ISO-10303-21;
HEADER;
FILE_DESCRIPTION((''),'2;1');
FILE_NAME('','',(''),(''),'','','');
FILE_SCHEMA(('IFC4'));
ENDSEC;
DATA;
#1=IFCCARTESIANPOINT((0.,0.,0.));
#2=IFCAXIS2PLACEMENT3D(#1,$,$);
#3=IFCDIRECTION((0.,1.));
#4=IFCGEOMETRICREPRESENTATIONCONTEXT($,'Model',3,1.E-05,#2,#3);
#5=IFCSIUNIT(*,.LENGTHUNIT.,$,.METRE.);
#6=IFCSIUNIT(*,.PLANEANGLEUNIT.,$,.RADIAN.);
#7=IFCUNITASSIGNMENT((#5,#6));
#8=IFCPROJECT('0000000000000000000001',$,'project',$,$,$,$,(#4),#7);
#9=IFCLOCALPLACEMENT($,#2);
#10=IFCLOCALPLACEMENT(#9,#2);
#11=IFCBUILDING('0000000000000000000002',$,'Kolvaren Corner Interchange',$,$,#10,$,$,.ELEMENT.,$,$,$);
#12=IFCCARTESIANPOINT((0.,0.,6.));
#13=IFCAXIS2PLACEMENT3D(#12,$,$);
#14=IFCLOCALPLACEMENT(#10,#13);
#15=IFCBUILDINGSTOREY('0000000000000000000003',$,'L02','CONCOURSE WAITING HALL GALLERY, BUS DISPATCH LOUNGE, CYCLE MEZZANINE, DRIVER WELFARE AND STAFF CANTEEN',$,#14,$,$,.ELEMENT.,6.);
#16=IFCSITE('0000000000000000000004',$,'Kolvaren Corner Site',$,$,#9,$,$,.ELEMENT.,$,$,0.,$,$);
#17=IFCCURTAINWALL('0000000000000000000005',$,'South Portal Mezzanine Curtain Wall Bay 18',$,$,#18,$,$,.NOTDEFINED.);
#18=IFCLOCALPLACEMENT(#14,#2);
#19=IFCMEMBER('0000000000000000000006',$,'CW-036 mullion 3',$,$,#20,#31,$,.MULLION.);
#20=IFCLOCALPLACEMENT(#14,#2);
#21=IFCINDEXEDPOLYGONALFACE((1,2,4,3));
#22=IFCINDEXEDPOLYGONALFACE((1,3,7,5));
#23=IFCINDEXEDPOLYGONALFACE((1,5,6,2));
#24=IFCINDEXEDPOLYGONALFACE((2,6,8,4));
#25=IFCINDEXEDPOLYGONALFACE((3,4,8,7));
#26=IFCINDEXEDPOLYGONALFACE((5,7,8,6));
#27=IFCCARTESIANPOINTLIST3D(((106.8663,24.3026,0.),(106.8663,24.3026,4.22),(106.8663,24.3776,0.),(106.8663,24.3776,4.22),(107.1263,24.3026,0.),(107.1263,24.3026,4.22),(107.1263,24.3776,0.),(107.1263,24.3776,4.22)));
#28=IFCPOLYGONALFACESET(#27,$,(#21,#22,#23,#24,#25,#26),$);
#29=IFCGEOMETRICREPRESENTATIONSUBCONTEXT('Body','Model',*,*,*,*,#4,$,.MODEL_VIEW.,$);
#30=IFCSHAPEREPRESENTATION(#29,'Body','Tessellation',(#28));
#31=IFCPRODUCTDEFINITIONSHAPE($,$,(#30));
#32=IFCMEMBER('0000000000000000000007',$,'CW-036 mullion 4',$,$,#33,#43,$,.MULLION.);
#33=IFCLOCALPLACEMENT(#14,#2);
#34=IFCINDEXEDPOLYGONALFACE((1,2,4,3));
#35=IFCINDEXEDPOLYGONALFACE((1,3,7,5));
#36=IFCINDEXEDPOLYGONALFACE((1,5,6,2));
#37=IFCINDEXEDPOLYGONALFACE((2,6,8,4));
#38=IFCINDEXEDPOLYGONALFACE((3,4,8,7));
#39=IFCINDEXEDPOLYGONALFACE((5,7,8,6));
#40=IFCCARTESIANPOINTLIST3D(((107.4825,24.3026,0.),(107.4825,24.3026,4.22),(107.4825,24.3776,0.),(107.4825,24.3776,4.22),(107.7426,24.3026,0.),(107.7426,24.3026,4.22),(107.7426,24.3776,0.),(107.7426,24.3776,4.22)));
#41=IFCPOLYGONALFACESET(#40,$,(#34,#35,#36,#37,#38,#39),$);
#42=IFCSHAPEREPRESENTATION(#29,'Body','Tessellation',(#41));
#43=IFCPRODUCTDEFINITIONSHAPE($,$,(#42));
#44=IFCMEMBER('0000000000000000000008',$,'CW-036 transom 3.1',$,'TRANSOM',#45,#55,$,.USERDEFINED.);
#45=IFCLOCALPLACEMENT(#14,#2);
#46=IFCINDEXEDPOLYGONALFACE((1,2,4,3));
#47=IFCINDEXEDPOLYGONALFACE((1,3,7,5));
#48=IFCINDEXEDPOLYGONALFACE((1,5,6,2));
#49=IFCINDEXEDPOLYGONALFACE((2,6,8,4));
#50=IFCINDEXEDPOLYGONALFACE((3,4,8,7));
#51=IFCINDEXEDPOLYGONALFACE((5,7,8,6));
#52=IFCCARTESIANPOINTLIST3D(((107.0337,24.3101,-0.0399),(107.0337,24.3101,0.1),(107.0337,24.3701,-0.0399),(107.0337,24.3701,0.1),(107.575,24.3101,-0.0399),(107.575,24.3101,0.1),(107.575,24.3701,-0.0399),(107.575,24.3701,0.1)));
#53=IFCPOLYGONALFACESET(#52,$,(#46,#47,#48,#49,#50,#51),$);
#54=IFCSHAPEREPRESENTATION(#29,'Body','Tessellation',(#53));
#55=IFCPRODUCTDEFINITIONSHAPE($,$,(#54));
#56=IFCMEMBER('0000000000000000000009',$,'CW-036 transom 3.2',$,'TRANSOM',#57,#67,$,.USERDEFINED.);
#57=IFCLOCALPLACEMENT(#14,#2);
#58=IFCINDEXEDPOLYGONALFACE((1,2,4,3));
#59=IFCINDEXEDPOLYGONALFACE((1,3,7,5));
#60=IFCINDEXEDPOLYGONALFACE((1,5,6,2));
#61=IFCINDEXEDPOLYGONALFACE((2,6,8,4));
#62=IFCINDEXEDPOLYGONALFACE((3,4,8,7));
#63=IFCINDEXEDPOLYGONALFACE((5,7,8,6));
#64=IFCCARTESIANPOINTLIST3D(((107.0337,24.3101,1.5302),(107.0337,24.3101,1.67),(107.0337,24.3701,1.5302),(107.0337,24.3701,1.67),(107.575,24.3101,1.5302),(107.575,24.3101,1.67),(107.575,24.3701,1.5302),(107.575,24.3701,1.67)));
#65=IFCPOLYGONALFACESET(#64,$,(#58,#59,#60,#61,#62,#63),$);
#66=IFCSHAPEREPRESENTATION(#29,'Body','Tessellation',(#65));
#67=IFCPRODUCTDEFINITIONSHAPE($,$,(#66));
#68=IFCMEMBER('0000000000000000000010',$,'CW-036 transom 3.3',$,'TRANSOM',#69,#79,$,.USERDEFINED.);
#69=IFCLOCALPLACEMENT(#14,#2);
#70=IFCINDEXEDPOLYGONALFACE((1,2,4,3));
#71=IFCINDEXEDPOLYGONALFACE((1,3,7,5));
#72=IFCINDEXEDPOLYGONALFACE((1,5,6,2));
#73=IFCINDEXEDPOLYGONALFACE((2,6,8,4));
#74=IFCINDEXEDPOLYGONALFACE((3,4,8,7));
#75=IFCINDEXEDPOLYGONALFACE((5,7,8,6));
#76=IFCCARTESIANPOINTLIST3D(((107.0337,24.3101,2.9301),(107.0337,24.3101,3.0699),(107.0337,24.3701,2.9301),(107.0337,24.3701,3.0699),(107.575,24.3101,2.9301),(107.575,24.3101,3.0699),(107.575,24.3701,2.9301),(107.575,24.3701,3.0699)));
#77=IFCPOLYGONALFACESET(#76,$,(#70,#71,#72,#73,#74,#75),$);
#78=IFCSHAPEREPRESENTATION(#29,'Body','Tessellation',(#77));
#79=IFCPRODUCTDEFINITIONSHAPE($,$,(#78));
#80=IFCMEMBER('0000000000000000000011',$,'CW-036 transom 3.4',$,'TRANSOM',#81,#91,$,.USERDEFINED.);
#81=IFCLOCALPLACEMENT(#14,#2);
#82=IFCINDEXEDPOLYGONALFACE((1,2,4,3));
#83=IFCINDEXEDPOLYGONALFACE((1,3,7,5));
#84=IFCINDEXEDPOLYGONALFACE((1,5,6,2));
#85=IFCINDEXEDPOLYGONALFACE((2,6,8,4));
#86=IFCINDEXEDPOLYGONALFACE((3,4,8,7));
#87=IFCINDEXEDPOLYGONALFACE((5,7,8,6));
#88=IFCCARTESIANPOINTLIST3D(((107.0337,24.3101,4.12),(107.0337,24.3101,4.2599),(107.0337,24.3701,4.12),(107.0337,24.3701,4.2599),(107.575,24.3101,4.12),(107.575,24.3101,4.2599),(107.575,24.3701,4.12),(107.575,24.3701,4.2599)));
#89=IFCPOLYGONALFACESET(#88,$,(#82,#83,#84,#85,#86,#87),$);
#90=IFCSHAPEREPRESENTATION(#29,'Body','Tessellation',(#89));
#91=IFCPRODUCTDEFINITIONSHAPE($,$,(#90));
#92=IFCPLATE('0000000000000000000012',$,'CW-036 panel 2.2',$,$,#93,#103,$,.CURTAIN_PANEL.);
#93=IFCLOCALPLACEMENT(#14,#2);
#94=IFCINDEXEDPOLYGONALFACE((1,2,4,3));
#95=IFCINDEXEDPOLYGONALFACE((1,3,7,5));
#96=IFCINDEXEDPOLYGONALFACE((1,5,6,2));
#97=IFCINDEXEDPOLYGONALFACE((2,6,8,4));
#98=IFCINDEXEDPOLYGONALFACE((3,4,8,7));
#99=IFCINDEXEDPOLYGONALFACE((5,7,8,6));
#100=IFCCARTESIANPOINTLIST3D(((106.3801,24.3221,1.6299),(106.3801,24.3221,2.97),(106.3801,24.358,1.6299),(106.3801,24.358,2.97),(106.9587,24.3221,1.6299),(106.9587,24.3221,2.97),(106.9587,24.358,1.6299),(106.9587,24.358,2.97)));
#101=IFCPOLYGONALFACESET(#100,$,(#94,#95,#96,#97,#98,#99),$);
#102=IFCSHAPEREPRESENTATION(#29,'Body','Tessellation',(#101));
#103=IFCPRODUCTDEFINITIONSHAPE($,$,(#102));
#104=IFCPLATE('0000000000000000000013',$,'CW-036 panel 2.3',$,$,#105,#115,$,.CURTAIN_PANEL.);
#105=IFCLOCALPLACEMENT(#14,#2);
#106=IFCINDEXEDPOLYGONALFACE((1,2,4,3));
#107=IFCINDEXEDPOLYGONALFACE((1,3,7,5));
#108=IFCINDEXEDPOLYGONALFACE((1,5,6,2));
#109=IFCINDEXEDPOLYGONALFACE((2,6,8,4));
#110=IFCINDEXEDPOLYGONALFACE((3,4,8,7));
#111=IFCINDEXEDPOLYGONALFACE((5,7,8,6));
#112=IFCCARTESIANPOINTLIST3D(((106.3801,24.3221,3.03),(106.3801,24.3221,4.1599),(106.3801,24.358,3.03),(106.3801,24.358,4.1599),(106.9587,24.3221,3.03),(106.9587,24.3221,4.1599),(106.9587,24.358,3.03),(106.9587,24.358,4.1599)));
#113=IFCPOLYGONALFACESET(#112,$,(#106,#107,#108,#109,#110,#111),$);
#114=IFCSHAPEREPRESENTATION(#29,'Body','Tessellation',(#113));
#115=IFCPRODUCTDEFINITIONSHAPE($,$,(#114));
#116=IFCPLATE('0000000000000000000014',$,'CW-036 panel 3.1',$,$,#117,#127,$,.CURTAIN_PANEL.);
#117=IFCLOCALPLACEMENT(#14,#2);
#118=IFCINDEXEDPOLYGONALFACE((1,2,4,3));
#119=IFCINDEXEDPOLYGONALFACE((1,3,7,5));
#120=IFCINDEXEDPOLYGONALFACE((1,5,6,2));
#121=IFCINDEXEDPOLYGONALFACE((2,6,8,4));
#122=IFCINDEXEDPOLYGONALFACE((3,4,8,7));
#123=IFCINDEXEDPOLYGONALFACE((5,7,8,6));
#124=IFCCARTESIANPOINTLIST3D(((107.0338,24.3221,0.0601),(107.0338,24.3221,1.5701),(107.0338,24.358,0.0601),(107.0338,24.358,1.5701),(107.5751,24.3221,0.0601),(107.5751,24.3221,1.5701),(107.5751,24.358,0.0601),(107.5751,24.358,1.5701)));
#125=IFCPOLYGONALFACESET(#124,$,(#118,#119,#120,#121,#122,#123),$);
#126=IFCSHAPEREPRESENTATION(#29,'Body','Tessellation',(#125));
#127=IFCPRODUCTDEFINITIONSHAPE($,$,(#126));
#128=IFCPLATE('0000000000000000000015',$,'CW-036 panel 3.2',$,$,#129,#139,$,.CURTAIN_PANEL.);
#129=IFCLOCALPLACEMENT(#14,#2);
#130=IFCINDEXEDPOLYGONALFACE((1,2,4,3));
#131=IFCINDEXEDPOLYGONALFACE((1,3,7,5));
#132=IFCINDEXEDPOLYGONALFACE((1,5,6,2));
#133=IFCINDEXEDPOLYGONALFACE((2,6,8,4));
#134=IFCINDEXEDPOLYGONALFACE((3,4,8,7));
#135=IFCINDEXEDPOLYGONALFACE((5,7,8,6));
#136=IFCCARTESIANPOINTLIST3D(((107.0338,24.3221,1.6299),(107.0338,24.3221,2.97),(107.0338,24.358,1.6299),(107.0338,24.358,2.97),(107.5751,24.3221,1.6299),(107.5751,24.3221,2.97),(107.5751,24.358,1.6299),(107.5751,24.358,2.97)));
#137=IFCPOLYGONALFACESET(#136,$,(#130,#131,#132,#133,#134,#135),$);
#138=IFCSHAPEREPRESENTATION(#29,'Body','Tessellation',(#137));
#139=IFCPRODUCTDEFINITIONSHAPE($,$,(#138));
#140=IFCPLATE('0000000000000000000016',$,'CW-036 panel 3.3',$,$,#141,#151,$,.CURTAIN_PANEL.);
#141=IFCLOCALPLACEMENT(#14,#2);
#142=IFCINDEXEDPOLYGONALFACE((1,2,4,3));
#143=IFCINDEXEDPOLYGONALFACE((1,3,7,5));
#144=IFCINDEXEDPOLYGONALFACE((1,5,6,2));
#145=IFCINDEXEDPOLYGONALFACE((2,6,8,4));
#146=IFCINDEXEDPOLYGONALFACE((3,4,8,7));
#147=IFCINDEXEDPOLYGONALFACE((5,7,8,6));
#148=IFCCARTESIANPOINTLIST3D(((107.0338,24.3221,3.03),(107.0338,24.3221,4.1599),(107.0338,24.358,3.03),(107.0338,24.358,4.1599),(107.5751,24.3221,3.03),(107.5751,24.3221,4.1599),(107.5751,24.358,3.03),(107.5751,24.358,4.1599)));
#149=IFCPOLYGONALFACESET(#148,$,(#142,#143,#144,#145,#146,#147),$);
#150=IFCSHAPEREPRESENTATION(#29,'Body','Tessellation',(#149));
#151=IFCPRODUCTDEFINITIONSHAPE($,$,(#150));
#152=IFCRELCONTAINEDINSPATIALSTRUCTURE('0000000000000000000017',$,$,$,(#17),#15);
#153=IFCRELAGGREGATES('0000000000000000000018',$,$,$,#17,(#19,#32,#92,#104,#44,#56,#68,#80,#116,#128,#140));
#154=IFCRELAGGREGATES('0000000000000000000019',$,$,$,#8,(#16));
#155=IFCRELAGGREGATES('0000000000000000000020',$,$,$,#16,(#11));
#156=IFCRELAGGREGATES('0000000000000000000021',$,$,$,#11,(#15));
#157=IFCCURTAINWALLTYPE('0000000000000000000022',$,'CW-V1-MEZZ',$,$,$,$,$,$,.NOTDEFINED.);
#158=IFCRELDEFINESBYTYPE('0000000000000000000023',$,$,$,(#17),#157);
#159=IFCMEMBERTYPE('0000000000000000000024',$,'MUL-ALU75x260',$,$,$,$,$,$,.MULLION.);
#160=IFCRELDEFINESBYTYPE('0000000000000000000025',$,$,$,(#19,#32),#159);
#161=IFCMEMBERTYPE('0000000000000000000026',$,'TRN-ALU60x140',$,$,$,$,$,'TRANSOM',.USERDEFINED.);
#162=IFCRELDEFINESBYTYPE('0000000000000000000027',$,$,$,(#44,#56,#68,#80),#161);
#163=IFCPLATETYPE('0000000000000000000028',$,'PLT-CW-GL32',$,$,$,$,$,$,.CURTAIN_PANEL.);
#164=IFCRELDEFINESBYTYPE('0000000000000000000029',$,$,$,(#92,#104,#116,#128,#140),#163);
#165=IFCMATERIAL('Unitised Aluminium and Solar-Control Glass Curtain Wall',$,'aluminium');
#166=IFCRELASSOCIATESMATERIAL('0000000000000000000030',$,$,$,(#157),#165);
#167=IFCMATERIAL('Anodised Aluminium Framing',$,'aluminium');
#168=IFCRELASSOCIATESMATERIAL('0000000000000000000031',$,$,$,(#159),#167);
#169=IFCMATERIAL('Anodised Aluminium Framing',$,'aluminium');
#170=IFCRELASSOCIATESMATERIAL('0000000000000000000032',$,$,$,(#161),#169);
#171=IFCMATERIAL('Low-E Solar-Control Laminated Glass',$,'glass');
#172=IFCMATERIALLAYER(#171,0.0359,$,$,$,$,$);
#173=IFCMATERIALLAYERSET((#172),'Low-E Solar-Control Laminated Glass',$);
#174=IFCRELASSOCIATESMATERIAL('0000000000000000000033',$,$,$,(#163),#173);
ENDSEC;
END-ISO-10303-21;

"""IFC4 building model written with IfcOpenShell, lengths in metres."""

from ifc_helpers import new_model, si_unit, direction, frame, origin, origin_2d, place, context, subcontext, project, spatial, rectangle, extrude, material, layer, layer_set, material_profile, profile_set, type_object, element, aggregate, save


model = new_model("IFC4")

# Units and contexts
model_context = context("Model", 3, precision=1e-05, world=origin(), true_north=direction((0.0, 1.0)))
body_context = subcontext(model_context, "Body", "Model", "MODEL_VIEW")
ifc_project = project(units=[si_unit("LENGTHUNIT", "METRE"), si_unit("PLANEANGLEUNIT", "RADIAN")], contexts=[model_context])

# Site, building, storey
site_placement = place(None, origin())
site = spatial("IfcSite", under=ifc_project, at=site_placement, Name="Kolvaren Corner Site", CompositionType="ELEMENT", RefElevation=0.0)
building_placement = place(site_placement, origin())
building = spatial("IfcBuilding", under=site, at=building_placement, Name="Kolvaren Corner Interchange", CompositionType="ELEMENT")
storey_placement = place(building_placement, frame((0.0, 0.0, 6.0)))
storey = spatial("IfcBuildingStorey", under=building, at=storey_placement, Name="L02", Description="CONCOURSE WAITING HALL GALLERY, BUS DISPATCH LOUNGE, CYCLE MEZZANINE, DRIVER WELFARE AND STAFF CANTEEN", CompositionType="ELEMENT", Elevation=6.0)

# Curtain wall, members, plates
ifc_material_1 = material(Name="Unitised Aluminium and Solar-Control Glass Curtain Wall", Category="aluminium")
curtain_wall_type = type_object("IfcCurtainWallType", Name="CW-V1-MEZZ", PredefinedType="NOTDEFINED", material=ifc_material_1)
curtain_wall_placement = place(storey_placement, origin())
curtain_wall = element("IfcCurtainWall", 1, at=curtain_wall_placement, inside=storey, type_object=curtain_wall_type, Name="South Portal Mezzanine Curtain Wall Bay 18", PredefinedType="NOTDEFINED")
ifc_material_2 = material(Name="Anodised Aluminium Framing", Category="aluminium")
ifc_material_profile_1 = material_profile(ifc_material_2, rectangle(XDim=0.075, YDim=0.26, at=origin_2d()), Name="ALU 75x260")
ifc_profile_set_1 = profile_set([ifc_material_profile_1], Name="Anodised Aluminium Framing")
member_type_1 = type_object("IfcMemberType", Name="MUL-ALU75x260", PredefinedType="MULLION", material=ifc_profile_set_1)
member_1_placement = place(storey_placement, frame((106.9963, 24.3401, 0.0), z_axis=(0.0, 0.0, 1.0), x_axis=(0.0, 1.0, 0.0)))
member_1 = element("IfcMember", 2, at=member_1_placement, type_object=member_type_1, Name="CW-036 mullion 3", PredefinedType="MULLION", context=body_context, shape_type="SweptSolid", body=[
    extrude(rectangle(XDim=0.075, YDim=0.26, at=origin_2d()), origin(), (0.0, 0.0, 1.0), 4.22),
])
member_2_placement = place(storey_placement, frame((107.6125, 24.3401, 0.0), z_axis=(0.0, 0.0, 1.0), x_axis=(0.0, 1.0, 0.0)))
member_2 = element("IfcMember", 3, at=member_2_placement, type_object=member_type_1, Name="CW-036 mullion 4", PredefinedType="MULLION", context=body_context, shape_type="SweptSolid", body=[
    extrude(rectangle(XDim=0.075, YDim=0.26, at=origin_2d()), origin(), (0.0, 0.0, 1.0), 4.22),
])
ifc_material_3 = material(Name="Anodised Aluminium Framing", Category="aluminium")
ifc_material_profile_2 = material_profile(ifc_material_3, rectangle(XDim=0.0601, YDim=0.1399, at=origin_2d()), Name="ALU 60x140")
ifc_profile_set_2 = profile_set([ifc_material_profile_2], Name="Anodised Aluminium Framing")
member_type_2 = type_object("IfcMemberType", Name="TRN-ALU60x140", ElementType="TRANSOM", PredefinedType="USERDEFINED", material=ifc_profile_set_2)
member_3_placement = place(storey_placement, frame((107.0337, 24.3401, 0.03), z_axis=(1.0, 0.0, 0.0), x_axis=(0.0, 1.0, 0.0)))
member_3 = element("IfcMember", 4, at=member_3_placement, type_object=member_type_2, Name="CW-036 transom 3.1", ObjectType="TRANSOM", PredefinedType="USERDEFINED", context=body_context, shape_type="SweptSolid", body=[
    extrude(rectangle(XDim=0.0601, YDim=0.1399, at=origin_2d()), origin(), (0.0, 0.0, 1.0), 0.5413),
])
member_4_placement = place(storey_placement, frame((107.0337, 24.3401, 1.6001), z_axis=(1.0, 0.0, 0.0), x_axis=(0.0, 1.0, 0.0)))
member_4 = element("IfcMember", 5, at=member_4_placement, type_object=member_type_2, Name="CW-036 transom 3.2", ObjectType="TRANSOM", PredefinedType="USERDEFINED", context=body_context, shape_type="SweptSolid", body=[
    extrude(rectangle(XDim=0.0601, YDim=0.1399, at=origin_2d()), origin(), (0.0, 0.0, 1.0), 0.5413),
])
member_5_placement = place(storey_placement, frame((107.0337, 24.3401, 3.0), z_axis=(1.0, 0.0, 0.0), x_axis=(0.0, 1.0, 0.0)))
member_5 = element("IfcMember", 6, at=member_5_placement, type_object=member_type_2, Name="CW-036 transom 3.3", ObjectType="TRANSOM", PredefinedType="USERDEFINED", context=body_context, shape_type="SweptSolid", body=[
    extrude(rectangle(XDim=0.0601, YDim=0.1399, at=origin_2d()), origin(), (0.0, 0.0, 1.0), 0.5413),
])
member_6_placement = place(storey_placement, frame((107.0337, 24.3401, 4.1899), z_axis=(1.0, 0.0, 0.0), x_axis=(0.0, 1.0, 0.0)))
member_6 = element("IfcMember", 7, at=member_6_placement, type_object=member_type_2, Name="CW-036 transom 3.4", ObjectType="TRANSOM", PredefinedType="USERDEFINED", context=body_context, shape_type="SweptSolid", body=[
    extrude(rectangle(XDim=0.0601, YDim=0.1399, at=origin_2d()), origin(), (0.0, 0.0, 1.0), 0.5413),
])
ifc_material_4 = material(Name="Low-E Solar-Control Laminated Glass", Category="glass")
ifc_layer = layer(ifc_material_4, 0.0359)
ifc_layer_set = layer_set([ifc_layer], Name="Low-E Solar-Control Laminated Glass")
plate_type = type_object("IfcPlateType", Name="PLT-CW-GL32", PredefinedType="CURTAIN_PANEL", material=ifc_layer_set)
plate_1_placement = place(storey_placement, frame((106.6694, 24.3401, 1.6299), z_axis=(0.0, 0.0, 1.0), x_axis=(1.0, 0.0, 0.0)))
plate_1 = element("IfcPlate", 8, at=plate_1_placement, type_object=plate_type, Name="CW-036 panel 2.2", PredefinedType="CURTAIN_PANEL", context=body_context, shape_type="SweptSolid", body=[
    extrude(rectangle(XDim=0.5786, YDim=0.0359, at=origin_2d()), origin(), (0.0, 0.0, 1.0), 1.3401),
])
plate_2_placement = place(storey_placement, frame((106.6694, 24.3401, 3.03), z_axis=(0.0, 0.0, 1.0), x_axis=(1.0, 0.0, 0.0)))
plate_2 = element("IfcPlate", 9, at=plate_2_placement, type_object=plate_type, Name="CW-036 panel 2.3", PredefinedType="CURTAIN_PANEL", context=body_context, shape_type="SweptSolid", body=[
    extrude(rectangle(XDim=0.5786, YDim=0.0359, at=origin_2d()), origin(), (0.0, 0.0, 1.0), 1.1299),
])
plate_3_placement = place(storey_placement, frame((107.3044, 24.3401, 0.0601), z_axis=(0.0, 0.0, 1.0), x_axis=(1.0, 0.0, 0.0)))
plate_3 = element("IfcPlate", 10, at=plate_3_placement, type_object=plate_type, Name="CW-036 panel 3.1", PredefinedType="CURTAIN_PANEL", context=body_context, shape_type="SweptSolid", body=[
    extrude(rectangle(XDim=0.5413, YDim=0.0359, at=origin_2d()), origin(), (0.0, 0.0, 1.0), 1.51),
])
plate_4_placement = place(storey_placement, frame((107.3044, 24.3401, 1.6299), z_axis=(0.0, 0.0, 1.0), x_axis=(1.0, 0.0, 0.0)))
plate_4 = element("IfcPlate", 11, at=plate_4_placement, type_object=plate_type, Name="CW-036 panel 3.2", PredefinedType="CURTAIN_PANEL", context=body_context, shape_type="SweptSolid", body=[
    extrude(rectangle(XDim=0.5413, YDim=0.0359, at=origin_2d()), origin(), (0.0, 0.0, 1.0), 1.3401),
])
plate_5_placement = place(storey_placement, frame((107.3044, 24.3401, 3.03), z_axis=(0.0, 0.0, 1.0), x_axis=(1.0, 0.0, 0.0)))
plate_5 = element("IfcPlate", 12, at=plate_5_placement, type_object=plate_type, Name="CW-036 panel 3.3", PredefinedType="CURTAIN_PANEL", context=body_context, shape_type="SweptSolid", body=[
    extrude(rectangle(XDim=0.5413, YDim=0.0359, at=origin_2d()), origin(), (0.0, 0.0, 1.0), 1.1299),
])
aggregate(curtain_wall, [member_1, member_2, plate_1, plate_2, member_3, member_4, member_5, member_6, plate_3, plate_4, plate_5])

save(model, "model.ifc")
